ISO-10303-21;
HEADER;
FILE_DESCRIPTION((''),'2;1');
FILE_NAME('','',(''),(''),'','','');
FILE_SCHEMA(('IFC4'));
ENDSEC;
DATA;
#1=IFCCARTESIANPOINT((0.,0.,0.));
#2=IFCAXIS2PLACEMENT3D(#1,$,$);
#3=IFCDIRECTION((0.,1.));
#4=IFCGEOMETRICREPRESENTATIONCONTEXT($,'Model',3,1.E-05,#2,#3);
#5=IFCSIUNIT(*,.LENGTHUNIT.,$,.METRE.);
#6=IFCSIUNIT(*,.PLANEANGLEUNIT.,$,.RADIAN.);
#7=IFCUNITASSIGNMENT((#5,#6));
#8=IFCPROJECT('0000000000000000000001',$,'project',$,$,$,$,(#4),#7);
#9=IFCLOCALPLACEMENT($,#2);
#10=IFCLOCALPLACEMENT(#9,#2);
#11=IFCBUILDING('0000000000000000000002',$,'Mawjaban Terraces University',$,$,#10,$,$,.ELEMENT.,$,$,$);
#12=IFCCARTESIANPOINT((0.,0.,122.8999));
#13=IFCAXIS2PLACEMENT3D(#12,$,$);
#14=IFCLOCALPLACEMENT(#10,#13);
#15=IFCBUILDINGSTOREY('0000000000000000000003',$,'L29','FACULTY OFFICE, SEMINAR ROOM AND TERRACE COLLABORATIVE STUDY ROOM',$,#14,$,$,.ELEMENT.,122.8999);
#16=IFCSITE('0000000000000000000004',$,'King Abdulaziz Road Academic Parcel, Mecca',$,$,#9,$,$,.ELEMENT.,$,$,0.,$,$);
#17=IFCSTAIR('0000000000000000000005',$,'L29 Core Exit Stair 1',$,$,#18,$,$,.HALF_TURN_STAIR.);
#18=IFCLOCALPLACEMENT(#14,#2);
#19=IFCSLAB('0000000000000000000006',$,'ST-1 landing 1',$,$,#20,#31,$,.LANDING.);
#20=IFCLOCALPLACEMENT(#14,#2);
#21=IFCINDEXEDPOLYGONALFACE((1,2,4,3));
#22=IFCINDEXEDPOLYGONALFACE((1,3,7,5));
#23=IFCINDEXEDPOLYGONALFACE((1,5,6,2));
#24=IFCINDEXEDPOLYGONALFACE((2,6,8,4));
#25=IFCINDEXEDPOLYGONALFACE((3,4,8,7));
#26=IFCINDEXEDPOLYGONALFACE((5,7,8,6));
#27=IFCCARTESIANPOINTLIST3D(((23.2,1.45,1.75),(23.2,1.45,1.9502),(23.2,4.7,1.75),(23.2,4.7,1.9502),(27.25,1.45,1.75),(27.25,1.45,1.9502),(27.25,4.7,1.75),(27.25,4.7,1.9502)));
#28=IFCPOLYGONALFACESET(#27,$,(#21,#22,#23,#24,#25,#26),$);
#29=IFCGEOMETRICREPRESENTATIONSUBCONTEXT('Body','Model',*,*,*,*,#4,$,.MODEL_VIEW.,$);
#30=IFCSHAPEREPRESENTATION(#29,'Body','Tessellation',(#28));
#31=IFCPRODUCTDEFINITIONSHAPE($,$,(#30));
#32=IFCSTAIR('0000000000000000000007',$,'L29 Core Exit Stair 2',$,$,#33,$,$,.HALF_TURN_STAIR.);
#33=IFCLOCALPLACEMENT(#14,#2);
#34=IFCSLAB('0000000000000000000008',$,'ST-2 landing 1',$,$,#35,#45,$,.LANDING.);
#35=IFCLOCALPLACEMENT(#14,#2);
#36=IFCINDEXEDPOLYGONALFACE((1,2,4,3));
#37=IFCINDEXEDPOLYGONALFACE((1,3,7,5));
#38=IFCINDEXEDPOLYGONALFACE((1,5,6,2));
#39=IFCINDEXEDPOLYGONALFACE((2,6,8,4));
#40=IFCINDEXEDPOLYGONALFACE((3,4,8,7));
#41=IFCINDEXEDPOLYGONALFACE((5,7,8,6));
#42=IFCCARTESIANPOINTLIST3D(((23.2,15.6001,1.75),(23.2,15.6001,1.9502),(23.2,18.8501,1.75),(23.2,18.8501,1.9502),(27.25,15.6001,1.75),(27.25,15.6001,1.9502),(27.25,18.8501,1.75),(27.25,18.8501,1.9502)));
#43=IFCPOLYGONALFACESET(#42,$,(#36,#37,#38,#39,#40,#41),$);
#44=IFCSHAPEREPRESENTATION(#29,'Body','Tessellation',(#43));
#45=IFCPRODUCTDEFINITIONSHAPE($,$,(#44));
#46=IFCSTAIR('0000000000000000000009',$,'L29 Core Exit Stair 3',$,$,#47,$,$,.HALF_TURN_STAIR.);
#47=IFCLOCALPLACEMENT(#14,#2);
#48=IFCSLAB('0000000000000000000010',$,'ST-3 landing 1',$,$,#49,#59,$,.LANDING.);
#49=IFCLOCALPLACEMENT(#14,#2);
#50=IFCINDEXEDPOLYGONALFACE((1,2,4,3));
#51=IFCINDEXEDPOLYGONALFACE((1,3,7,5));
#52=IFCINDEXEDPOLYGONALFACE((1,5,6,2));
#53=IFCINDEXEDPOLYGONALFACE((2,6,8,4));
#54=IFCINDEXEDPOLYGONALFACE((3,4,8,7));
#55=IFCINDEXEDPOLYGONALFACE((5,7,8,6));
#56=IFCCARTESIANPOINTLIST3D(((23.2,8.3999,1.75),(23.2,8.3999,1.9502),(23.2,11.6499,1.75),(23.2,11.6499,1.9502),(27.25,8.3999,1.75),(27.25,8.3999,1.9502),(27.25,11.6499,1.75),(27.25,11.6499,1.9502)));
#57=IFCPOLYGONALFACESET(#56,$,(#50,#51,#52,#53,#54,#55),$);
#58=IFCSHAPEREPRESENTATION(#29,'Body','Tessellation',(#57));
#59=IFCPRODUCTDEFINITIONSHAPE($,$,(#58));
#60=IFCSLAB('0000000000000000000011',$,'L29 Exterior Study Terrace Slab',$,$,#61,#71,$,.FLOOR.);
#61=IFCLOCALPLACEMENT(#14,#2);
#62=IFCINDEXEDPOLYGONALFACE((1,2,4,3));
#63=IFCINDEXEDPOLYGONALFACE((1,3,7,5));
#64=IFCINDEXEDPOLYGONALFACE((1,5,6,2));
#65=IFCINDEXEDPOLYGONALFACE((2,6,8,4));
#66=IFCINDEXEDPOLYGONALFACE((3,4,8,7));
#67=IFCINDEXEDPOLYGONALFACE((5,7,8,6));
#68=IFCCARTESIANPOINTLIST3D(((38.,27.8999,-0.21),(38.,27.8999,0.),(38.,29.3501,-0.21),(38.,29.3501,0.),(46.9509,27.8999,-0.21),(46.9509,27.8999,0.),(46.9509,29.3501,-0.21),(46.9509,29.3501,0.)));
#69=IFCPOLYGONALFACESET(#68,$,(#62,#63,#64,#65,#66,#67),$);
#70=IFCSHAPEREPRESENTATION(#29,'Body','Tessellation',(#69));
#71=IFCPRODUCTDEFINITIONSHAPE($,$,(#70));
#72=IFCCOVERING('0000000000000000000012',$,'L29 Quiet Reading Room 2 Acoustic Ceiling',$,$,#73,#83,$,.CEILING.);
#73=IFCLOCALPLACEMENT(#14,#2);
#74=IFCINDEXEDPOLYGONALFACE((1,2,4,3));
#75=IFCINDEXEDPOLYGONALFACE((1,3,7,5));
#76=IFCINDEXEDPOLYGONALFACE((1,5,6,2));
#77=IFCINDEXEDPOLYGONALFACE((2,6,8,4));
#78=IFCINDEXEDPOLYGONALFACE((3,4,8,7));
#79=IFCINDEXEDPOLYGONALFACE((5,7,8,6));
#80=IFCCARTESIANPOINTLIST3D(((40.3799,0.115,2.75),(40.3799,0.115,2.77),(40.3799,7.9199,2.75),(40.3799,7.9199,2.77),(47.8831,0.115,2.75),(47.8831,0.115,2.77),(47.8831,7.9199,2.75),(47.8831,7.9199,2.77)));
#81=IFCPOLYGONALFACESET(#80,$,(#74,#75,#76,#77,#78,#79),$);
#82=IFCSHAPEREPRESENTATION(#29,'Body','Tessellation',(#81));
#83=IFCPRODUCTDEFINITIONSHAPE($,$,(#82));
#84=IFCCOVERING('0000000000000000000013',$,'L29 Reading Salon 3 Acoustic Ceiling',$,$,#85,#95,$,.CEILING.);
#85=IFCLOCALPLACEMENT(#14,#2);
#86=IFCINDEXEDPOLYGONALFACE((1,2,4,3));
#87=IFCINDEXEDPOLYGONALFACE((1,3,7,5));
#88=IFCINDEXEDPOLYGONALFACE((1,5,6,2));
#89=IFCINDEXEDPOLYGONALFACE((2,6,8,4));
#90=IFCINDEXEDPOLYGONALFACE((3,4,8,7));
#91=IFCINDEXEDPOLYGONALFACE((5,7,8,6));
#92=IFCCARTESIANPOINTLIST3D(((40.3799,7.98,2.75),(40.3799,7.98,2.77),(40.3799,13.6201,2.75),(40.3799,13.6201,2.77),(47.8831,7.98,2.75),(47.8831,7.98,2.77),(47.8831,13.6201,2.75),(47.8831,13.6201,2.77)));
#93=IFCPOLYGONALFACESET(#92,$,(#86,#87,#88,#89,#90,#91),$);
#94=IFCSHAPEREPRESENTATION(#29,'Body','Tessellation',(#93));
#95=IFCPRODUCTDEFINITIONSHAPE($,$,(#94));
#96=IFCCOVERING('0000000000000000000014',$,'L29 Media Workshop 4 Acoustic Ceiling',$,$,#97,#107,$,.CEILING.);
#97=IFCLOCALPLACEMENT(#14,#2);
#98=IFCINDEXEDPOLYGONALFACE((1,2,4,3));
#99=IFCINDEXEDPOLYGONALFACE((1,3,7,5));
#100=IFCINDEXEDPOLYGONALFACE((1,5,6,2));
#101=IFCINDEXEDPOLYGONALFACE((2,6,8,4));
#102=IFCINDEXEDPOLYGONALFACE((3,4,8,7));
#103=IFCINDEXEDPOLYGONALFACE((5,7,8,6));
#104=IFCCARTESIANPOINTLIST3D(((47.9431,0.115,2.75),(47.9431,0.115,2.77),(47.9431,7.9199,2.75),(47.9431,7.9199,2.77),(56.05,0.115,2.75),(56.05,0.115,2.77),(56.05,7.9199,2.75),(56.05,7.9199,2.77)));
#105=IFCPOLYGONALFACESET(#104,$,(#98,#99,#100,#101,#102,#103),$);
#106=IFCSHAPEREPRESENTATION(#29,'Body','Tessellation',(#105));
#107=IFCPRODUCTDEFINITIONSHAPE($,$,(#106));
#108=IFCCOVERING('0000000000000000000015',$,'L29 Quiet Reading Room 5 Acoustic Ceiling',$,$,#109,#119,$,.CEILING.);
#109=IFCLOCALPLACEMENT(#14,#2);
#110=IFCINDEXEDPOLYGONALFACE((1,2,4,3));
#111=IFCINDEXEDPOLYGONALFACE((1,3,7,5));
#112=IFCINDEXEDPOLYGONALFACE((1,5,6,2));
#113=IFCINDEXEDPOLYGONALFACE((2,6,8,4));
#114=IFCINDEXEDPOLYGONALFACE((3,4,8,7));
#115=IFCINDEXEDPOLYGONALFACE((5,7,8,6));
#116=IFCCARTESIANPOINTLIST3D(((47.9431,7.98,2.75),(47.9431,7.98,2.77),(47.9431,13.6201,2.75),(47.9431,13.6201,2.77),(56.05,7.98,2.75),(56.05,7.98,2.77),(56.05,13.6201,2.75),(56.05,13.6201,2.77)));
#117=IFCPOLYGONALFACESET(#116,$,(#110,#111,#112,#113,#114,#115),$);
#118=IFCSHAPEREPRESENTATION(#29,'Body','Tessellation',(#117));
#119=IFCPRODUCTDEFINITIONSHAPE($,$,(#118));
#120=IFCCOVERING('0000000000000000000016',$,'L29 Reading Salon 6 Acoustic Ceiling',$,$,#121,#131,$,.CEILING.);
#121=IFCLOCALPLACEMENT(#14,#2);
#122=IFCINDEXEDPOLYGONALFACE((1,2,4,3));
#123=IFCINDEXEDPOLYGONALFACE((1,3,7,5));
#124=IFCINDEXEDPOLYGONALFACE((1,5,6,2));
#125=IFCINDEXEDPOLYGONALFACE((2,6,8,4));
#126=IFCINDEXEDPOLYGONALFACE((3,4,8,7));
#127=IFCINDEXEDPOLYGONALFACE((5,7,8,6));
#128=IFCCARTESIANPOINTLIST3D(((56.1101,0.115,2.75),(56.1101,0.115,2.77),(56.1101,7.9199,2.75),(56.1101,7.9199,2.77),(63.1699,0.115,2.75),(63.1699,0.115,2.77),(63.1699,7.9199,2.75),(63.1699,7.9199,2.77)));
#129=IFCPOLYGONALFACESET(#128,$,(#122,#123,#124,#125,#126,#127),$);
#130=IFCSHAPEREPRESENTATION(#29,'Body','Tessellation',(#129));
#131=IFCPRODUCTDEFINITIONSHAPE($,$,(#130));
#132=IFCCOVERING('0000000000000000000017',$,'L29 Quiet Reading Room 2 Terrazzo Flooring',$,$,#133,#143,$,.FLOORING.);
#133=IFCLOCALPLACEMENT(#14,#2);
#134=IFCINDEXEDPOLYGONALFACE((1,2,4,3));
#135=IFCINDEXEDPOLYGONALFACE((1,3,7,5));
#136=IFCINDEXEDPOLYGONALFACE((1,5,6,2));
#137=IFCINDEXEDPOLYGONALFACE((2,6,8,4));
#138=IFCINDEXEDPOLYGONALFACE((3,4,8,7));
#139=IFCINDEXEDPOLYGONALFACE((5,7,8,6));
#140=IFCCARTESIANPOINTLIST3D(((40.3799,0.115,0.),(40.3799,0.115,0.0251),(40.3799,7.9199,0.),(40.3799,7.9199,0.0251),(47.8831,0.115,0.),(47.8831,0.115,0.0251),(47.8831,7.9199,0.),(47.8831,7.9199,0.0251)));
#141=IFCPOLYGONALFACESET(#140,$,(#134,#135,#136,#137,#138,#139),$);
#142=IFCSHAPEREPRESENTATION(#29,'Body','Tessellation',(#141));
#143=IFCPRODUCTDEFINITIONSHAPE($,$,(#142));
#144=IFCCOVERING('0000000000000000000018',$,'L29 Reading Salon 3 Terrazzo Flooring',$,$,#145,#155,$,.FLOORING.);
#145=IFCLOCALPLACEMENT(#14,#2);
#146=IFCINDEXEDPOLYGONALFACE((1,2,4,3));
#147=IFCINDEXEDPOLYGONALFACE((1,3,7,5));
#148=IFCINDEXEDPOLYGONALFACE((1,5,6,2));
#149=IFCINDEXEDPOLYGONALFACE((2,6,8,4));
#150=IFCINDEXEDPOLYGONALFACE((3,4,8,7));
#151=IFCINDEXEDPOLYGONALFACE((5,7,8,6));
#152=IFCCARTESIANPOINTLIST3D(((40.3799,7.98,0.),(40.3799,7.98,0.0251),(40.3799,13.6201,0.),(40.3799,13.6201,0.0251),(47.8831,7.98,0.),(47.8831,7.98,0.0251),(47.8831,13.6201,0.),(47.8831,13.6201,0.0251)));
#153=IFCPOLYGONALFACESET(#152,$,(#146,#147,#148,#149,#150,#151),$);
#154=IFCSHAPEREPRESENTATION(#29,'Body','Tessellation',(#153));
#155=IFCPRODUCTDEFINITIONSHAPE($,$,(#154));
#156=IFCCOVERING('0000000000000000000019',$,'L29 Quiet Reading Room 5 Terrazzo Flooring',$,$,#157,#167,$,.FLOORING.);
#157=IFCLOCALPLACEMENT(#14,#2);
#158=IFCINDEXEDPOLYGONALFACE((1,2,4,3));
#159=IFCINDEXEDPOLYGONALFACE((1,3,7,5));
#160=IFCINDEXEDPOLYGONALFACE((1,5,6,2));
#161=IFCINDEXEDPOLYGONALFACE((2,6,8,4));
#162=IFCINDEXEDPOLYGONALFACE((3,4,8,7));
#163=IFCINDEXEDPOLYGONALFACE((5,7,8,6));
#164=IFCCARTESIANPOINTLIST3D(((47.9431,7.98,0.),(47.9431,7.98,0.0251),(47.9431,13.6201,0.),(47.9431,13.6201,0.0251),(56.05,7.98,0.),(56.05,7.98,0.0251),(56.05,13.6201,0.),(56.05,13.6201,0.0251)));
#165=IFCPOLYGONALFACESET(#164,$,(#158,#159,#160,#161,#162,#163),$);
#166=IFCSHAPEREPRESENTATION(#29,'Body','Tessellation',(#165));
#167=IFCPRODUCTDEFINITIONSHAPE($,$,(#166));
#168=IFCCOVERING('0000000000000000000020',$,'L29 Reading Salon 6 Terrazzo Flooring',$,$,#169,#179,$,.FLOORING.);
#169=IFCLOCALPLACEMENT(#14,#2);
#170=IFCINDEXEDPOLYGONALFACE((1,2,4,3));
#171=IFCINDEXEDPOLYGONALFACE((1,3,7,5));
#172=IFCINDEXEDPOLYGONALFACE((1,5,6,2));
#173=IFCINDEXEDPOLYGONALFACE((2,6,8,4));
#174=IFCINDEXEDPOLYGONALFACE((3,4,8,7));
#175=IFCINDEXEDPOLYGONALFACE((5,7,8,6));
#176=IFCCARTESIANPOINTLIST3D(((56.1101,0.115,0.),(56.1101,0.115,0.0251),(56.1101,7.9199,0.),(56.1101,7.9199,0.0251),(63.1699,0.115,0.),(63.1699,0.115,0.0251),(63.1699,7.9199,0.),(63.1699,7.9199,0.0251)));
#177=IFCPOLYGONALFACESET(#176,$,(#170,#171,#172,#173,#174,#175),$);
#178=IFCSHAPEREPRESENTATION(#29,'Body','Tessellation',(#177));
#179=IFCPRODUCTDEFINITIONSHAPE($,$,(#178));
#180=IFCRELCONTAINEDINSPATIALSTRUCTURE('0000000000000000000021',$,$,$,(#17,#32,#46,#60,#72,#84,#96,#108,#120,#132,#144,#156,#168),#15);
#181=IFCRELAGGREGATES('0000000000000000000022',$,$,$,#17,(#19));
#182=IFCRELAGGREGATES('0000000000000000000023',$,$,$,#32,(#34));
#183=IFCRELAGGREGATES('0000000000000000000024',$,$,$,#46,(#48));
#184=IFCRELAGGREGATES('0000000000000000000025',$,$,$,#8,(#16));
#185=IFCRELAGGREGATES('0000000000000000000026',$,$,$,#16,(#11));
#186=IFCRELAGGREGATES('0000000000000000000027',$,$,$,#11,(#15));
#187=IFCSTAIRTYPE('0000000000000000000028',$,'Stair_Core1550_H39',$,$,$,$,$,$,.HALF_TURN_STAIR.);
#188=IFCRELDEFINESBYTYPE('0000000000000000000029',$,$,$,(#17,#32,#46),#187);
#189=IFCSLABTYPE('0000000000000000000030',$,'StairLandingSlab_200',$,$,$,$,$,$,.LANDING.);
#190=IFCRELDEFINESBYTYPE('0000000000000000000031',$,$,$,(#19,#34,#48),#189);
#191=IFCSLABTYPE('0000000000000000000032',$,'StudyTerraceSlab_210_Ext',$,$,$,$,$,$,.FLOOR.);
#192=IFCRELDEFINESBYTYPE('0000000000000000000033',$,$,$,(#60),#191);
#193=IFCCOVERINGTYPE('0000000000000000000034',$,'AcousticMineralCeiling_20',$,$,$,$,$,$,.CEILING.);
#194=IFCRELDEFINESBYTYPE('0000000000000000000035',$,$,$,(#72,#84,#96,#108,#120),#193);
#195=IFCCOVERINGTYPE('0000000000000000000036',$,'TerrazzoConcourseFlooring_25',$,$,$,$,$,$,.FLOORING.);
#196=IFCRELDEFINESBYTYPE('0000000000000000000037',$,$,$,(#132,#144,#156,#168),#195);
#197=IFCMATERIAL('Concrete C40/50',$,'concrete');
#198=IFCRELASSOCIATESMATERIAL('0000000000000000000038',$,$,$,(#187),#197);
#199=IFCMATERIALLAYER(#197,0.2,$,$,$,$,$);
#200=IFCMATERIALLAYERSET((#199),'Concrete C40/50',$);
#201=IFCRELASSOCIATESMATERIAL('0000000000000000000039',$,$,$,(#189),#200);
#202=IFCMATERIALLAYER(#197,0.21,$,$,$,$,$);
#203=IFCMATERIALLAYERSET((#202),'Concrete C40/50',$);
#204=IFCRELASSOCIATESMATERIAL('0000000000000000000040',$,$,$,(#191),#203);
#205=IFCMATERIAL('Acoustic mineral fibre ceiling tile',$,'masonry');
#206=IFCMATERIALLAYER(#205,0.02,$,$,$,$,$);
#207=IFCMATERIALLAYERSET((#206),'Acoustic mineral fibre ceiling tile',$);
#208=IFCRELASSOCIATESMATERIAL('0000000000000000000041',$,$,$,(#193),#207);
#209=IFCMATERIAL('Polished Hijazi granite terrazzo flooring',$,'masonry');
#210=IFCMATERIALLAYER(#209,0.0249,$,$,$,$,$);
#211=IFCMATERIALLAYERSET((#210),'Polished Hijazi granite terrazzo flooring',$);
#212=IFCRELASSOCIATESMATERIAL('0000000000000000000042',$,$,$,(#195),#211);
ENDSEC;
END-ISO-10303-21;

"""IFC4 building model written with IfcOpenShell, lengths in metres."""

from ifc_helpers import new_model, si_unit, direction, frame, origin, place, context, subcontext, project, spatial, polyline, outline, extrude, material, layer, layer_set, type_object, element, aggregate, save


model = new_model("IFC4")

# Units and contexts
model_context = context("Model", 3, precision=1e-05, world=origin(), true_north=direction((0.0, 1.0)))
body_context = subcontext(model_context, "Body", "Model", "MODEL_VIEW")
ifc_project = project(units=[si_unit("LENGTHUNIT", "METRE"), si_unit("PLANEANGLEUNIT", "RADIAN")], contexts=[model_context])

# Site, building, storey
site_placement = place(None, origin())
site = spatial("IfcSite", under=ifc_project, at=site_placement, Name="King Abdulaziz Road Academic Parcel, Mecca", CompositionType="ELEMENT", RefElevation=0.0)
building_placement = place(site_placement, origin())
building = spatial("IfcBuilding", under=site, at=building_placement, Name="Mawjaban Terraces University", CompositionType="ELEMENT")
storey_placement = place(building_placement, frame((0.0, 0.0, 122.8999)))
storey = spatial("IfcBuildingStorey", under=building, at=storey_placement, Name="L29", Description="FACULTY OFFICE, SEMINAR ROOM AND TERRACE COLLABORATIVE STUDY ROOM", CompositionType="ELEMENT", Elevation=122.8999)

# Shared definitions
ifc_material_1 = material(Name="Concrete C40/50", Category="concrete")

# Stairs, slabs
stair_type = type_object("IfcStairType", Name="Stair_Core1550_H39", PredefinedType="HALF_TURN_STAIR", material=ifc_material_1)
stair_1_placement = place(storey_placement, origin())
stair_1 = element("IfcStair", 1, at=stair_1_placement, inside=storey, type_object=stair_type, Name="L29 Core Exit Stair 1", PredefinedType="HALF_TURN_STAIR")
ifc_layer_1 = layer(ifc_material_1, 0.2)
ifc_layer_set_1 = layer_set([ifc_layer_1], Name="Concrete C40/50")
slab_type_1 = type_object("IfcSlabType", Name="StairLandingSlab_200", PredefinedType="LANDING", material=ifc_layer_set_1)
slab_1_placement = place(storey_placement, frame((0.0, 0.0, 1.75)))
slab_1 = element("IfcSlab", 2, at=slab_1_placement, type_object=slab_type_1, Name="ST-1 landing 1", PredefinedType="LANDING", context=body_context, shape_type="SweptSolid", body=[
    extrude(outline(polyline([(27.25, 4.7), (23.2, 4.7), (23.2, 1.45), (27.25, 1.45), (27.25, 4.7)])), origin(), (0.0, 0.0, 1.0), 0.2002),
])
aggregate(stair_1, [slab_1])
stair_2_placement = place(storey_placement, origin())
stair_2 = element("IfcStair", 3, at=stair_2_placement, inside=storey, type_object=stair_type, Name="L29 Core Exit Stair 2", PredefinedType="HALF_TURN_STAIR")
slab_2_placement = place(storey_placement, frame((0.0, 0.0, 1.75)))
slab_2 = element("IfcSlab", 4, at=slab_2_placement, type_object=slab_type_1, Name="ST-2 landing 1", PredefinedType="LANDING", context=body_context, shape_type="SweptSolid", body=[
    extrude(outline(polyline([(27.25, 18.8501), (23.2, 18.8501), (23.2, 15.6001), (27.25, 15.6001), (27.25, 18.8501)])), origin(), (0.0, 0.0, 1.0), 0.2002),
])
aggregate(stair_2, [slab_2])
stair_3_placement = place(storey_placement, origin())
stair_3 = element("IfcStair", 5, at=stair_3_placement, inside=storey, type_object=stair_type, Name="L29 Core Exit Stair 3", PredefinedType="HALF_TURN_STAIR")
slab_3_placement = place(storey_placement, frame((0.0, 0.0, 1.75)))
slab_3 = element("IfcSlab", 6, at=slab_3_placement, type_object=slab_type_1, Name="ST-3 landing 1", PredefinedType="LANDING", context=body_context, shape_type="SweptSolid", body=[
    extrude(outline(polyline([(27.25, 11.6499), (23.2, 11.6499), (23.2, 8.3999), (27.25, 8.3999), (27.25, 11.6499)])), origin(), (0.0, 0.0, 1.0), 0.2002),
])
aggregate(stair_3, [slab_3])

# Slab
ifc_layer_2 = layer(ifc_material_1, 0.21)
ifc_layer_set_2 = layer_set([ifc_layer_2], Name="Concrete C40/50")
slab_type_2 = type_object("IfcSlabType", Name="StudyTerraceSlab_210_Ext", PredefinedType="FLOOR", material=ifc_layer_set_2)
slab_4_placement = place(storey_placement, frame((0.0, 0.0, -0.21)))
element("IfcSlab", 7, at=slab_4_placement, inside=storey, type_object=slab_type_2, Name="L29 Exterior Study Terrace Slab", PredefinedType="FLOOR", context=body_context, shape_type="SweptSolid", body=[
    extrude(outline(polyline([(38.0, 27.8999), (46.9509, 27.8999), (46.9509, 29.3501), (38.0, 29.3501), (38.0, 27.8999)])), origin(), (0.0, 0.0, 1.0), 0.21),
])

# Coverings
ifc_material_2 = material(Name="Acoustic mineral fibre ceiling tile", Category="masonry")
ifc_layer_3 = layer(ifc_material_2, 0.02)
ifc_layer_set_3 = layer_set([ifc_layer_3], Name="Acoustic mineral fibre ceiling tile")
covering_type_1 = type_object("IfcCoveringType", Name="AcousticMineralCeiling_20", PredefinedType="CEILING", material=ifc_layer_set_3)
covering_1_placement = place(storey_placement, frame((0.0, 0.0, 2.75)))
element("IfcCovering", 8, at=covering_1_placement, inside=storey, type_object=covering_type_1, Name="L29 Quiet Reading Room 2 Acoustic Ceiling", PredefinedType="CEILING", context=body_context, shape_type="SweptSolid", body=[
    extrude(outline(polyline([(40.3799, 0.115), (47.8831, 0.115), (47.8831, 7.9199), (40.3799, 7.9199), (40.3799, 0.115)])), origin(), (0.0, 0.0, 1.0), 0.02),
])
covering_2_placement = place(storey_placement, frame((0.0, 0.0, 2.75)))
element("IfcCovering", 9, at=covering_2_placement, inside=storey, type_object=covering_type_1, Name="L29 Reading Salon 3 Acoustic Ceiling", PredefinedType="CEILING", context=body_context, shape_type="SweptSolid", body=[
    extrude(outline(polyline([(47.8831, 7.98), (47.8831, 13.6201), (40.3799, 13.6201), (40.3799, 7.98), (47.8831, 7.98)])), origin(), (0.0, 0.0, 1.0), 0.02),
])
covering_3_placement = place(storey_placement, frame((0.0, 0.0, 2.75)))
element("IfcCovering", 10, at=covering_3_placement, inside=storey, type_object=covering_type_1, Name="L29 Media Workshop 4 Acoustic Ceiling", PredefinedType="CEILING", context=body_context, shape_type="SweptSolid", body=[
    extrude(outline(polyline([(47.9431, 0.115), (56.05, 0.115), (56.05, 7.9199), (47.9431, 7.9199), (47.9431, 0.115)])), origin(), (0.0, 0.0, 1.0), 0.02),
])
covering_4_placement = place(storey_placement, frame((0.0, 0.0, 2.75)))
element("IfcCovering", 11, at=covering_4_placement, inside=storey, type_object=covering_type_1, Name="L29 Quiet Reading Room 5 Acoustic Ceiling", PredefinedType="CEILING", context=body_context, shape_type="SweptSolid", body=[
    extrude(outline(polyline([(56.05, 7.98), (56.05, 13.6201), (47.9431, 13.6201), (47.9431, 7.98), (56.05, 7.98)])), origin(), (0.0, 0.0, 1.0), 0.02),
])
covering_5_placement = place(storey_placement, frame((0.0, 0.0, 2.75)))
element("IfcCovering", 12, at=covering_5_placement, inside=storey, type_object=covering_type_1, Name="L29 Reading Salon 6 Acoustic Ceiling", PredefinedType="CEILING", context=body_context, shape_type="SweptSolid", body=[
    extrude(outline(polyline([(56.1101, 0.115), (63.1699, 0.115), (63.1699, 7.9199), (56.1101, 7.9199), (56.1101, 0.115)])), origin(), (0.0, 0.0, 1.0), 0.02),
])
ifc_material_3 = material(Name="Polished Hijazi granite terrazzo flooring", Category="masonry")
ifc_layer_4 = layer(ifc_material_3, 0.0249)
ifc_layer_set_4 = layer_set([ifc_layer_4], Name="Polished Hijazi granite terrazzo flooring")
covering_type_2 = type_object("IfcCoveringType", Name="TerrazzoConcourseFlooring_25", PredefinedType="FLOORING", material=ifc_layer_set_4)
covering_6_placement = place(storey_placement, origin())
element("IfcCovering", 13, at=covering_6_placement, inside=storey, type_object=covering_type_2, Name="L29 Quiet Reading Room 2 Terrazzo Flooring", PredefinedType="FLOORING", context=body_context, shape_type="SweptSolid", body=[
    extrude(outline(polyline([(40.3799, 0.115), (47.8831, 0.115), (47.8831, 7.9199), (40.3799, 7.9199), (40.3799, 0.115)])), origin(), (0.0, 0.0, 1.0), 0.0251),
])
covering_7_placement = place(storey_placement, origin())
element("IfcCovering", 14, at=covering_7_placement, inside=storey, type_object=covering_type_2, Name="L29 Reading Salon 3 Terrazzo Flooring", PredefinedType="FLOORING", context=body_context, shape_type="SweptSolid", body=[
    extrude(outline(polyline([(47.8831, 7.98), (47.8831, 13.6201), (40.3799, 13.6201), (40.3799, 7.98), (47.8831, 7.98)])), origin(), (0.0, 0.0, 1.0), 0.0251),
])
covering_8_placement = place(storey_placement, origin())
element("IfcCovering", 15, at=covering_8_placement, inside=storey, type_object=covering_type_2, Name="L29 Quiet Reading Room 5 Terrazzo Flooring", PredefinedType="FLOORING", context=body_context, shape_type="SweptSolid", body=[
    extrude(outline(polyline([(56.05, 7.98), (56.05, 13.6201), (47.9431, 13.6201), (47.9431, 7.98), (56.05, 7.98)])), origin(), (0.0, 0.0, 1.0), 0.0251),
])
covering_9_placement = place(storey_placement, origin())
element("IfcCovering", 16, at=covering_9_placement, inside=storey, type_object=covering_type_2, Name="L29 Reading Salon 6 Terrazzo Flooring", PredefinedType="FLOORING", context=body_context, shape_type="SweptSolid", body=[
    extrude(outline(polyline([(56.1101, 0.115), (63.1699, 0.115), (63.1699, 7.9199), (56.1101, 7.9199), (56.1101, 0.115)])), origin(), (0.0, 0.0, 1.0), 0.0251),
])

save(model, "model.ifc")
